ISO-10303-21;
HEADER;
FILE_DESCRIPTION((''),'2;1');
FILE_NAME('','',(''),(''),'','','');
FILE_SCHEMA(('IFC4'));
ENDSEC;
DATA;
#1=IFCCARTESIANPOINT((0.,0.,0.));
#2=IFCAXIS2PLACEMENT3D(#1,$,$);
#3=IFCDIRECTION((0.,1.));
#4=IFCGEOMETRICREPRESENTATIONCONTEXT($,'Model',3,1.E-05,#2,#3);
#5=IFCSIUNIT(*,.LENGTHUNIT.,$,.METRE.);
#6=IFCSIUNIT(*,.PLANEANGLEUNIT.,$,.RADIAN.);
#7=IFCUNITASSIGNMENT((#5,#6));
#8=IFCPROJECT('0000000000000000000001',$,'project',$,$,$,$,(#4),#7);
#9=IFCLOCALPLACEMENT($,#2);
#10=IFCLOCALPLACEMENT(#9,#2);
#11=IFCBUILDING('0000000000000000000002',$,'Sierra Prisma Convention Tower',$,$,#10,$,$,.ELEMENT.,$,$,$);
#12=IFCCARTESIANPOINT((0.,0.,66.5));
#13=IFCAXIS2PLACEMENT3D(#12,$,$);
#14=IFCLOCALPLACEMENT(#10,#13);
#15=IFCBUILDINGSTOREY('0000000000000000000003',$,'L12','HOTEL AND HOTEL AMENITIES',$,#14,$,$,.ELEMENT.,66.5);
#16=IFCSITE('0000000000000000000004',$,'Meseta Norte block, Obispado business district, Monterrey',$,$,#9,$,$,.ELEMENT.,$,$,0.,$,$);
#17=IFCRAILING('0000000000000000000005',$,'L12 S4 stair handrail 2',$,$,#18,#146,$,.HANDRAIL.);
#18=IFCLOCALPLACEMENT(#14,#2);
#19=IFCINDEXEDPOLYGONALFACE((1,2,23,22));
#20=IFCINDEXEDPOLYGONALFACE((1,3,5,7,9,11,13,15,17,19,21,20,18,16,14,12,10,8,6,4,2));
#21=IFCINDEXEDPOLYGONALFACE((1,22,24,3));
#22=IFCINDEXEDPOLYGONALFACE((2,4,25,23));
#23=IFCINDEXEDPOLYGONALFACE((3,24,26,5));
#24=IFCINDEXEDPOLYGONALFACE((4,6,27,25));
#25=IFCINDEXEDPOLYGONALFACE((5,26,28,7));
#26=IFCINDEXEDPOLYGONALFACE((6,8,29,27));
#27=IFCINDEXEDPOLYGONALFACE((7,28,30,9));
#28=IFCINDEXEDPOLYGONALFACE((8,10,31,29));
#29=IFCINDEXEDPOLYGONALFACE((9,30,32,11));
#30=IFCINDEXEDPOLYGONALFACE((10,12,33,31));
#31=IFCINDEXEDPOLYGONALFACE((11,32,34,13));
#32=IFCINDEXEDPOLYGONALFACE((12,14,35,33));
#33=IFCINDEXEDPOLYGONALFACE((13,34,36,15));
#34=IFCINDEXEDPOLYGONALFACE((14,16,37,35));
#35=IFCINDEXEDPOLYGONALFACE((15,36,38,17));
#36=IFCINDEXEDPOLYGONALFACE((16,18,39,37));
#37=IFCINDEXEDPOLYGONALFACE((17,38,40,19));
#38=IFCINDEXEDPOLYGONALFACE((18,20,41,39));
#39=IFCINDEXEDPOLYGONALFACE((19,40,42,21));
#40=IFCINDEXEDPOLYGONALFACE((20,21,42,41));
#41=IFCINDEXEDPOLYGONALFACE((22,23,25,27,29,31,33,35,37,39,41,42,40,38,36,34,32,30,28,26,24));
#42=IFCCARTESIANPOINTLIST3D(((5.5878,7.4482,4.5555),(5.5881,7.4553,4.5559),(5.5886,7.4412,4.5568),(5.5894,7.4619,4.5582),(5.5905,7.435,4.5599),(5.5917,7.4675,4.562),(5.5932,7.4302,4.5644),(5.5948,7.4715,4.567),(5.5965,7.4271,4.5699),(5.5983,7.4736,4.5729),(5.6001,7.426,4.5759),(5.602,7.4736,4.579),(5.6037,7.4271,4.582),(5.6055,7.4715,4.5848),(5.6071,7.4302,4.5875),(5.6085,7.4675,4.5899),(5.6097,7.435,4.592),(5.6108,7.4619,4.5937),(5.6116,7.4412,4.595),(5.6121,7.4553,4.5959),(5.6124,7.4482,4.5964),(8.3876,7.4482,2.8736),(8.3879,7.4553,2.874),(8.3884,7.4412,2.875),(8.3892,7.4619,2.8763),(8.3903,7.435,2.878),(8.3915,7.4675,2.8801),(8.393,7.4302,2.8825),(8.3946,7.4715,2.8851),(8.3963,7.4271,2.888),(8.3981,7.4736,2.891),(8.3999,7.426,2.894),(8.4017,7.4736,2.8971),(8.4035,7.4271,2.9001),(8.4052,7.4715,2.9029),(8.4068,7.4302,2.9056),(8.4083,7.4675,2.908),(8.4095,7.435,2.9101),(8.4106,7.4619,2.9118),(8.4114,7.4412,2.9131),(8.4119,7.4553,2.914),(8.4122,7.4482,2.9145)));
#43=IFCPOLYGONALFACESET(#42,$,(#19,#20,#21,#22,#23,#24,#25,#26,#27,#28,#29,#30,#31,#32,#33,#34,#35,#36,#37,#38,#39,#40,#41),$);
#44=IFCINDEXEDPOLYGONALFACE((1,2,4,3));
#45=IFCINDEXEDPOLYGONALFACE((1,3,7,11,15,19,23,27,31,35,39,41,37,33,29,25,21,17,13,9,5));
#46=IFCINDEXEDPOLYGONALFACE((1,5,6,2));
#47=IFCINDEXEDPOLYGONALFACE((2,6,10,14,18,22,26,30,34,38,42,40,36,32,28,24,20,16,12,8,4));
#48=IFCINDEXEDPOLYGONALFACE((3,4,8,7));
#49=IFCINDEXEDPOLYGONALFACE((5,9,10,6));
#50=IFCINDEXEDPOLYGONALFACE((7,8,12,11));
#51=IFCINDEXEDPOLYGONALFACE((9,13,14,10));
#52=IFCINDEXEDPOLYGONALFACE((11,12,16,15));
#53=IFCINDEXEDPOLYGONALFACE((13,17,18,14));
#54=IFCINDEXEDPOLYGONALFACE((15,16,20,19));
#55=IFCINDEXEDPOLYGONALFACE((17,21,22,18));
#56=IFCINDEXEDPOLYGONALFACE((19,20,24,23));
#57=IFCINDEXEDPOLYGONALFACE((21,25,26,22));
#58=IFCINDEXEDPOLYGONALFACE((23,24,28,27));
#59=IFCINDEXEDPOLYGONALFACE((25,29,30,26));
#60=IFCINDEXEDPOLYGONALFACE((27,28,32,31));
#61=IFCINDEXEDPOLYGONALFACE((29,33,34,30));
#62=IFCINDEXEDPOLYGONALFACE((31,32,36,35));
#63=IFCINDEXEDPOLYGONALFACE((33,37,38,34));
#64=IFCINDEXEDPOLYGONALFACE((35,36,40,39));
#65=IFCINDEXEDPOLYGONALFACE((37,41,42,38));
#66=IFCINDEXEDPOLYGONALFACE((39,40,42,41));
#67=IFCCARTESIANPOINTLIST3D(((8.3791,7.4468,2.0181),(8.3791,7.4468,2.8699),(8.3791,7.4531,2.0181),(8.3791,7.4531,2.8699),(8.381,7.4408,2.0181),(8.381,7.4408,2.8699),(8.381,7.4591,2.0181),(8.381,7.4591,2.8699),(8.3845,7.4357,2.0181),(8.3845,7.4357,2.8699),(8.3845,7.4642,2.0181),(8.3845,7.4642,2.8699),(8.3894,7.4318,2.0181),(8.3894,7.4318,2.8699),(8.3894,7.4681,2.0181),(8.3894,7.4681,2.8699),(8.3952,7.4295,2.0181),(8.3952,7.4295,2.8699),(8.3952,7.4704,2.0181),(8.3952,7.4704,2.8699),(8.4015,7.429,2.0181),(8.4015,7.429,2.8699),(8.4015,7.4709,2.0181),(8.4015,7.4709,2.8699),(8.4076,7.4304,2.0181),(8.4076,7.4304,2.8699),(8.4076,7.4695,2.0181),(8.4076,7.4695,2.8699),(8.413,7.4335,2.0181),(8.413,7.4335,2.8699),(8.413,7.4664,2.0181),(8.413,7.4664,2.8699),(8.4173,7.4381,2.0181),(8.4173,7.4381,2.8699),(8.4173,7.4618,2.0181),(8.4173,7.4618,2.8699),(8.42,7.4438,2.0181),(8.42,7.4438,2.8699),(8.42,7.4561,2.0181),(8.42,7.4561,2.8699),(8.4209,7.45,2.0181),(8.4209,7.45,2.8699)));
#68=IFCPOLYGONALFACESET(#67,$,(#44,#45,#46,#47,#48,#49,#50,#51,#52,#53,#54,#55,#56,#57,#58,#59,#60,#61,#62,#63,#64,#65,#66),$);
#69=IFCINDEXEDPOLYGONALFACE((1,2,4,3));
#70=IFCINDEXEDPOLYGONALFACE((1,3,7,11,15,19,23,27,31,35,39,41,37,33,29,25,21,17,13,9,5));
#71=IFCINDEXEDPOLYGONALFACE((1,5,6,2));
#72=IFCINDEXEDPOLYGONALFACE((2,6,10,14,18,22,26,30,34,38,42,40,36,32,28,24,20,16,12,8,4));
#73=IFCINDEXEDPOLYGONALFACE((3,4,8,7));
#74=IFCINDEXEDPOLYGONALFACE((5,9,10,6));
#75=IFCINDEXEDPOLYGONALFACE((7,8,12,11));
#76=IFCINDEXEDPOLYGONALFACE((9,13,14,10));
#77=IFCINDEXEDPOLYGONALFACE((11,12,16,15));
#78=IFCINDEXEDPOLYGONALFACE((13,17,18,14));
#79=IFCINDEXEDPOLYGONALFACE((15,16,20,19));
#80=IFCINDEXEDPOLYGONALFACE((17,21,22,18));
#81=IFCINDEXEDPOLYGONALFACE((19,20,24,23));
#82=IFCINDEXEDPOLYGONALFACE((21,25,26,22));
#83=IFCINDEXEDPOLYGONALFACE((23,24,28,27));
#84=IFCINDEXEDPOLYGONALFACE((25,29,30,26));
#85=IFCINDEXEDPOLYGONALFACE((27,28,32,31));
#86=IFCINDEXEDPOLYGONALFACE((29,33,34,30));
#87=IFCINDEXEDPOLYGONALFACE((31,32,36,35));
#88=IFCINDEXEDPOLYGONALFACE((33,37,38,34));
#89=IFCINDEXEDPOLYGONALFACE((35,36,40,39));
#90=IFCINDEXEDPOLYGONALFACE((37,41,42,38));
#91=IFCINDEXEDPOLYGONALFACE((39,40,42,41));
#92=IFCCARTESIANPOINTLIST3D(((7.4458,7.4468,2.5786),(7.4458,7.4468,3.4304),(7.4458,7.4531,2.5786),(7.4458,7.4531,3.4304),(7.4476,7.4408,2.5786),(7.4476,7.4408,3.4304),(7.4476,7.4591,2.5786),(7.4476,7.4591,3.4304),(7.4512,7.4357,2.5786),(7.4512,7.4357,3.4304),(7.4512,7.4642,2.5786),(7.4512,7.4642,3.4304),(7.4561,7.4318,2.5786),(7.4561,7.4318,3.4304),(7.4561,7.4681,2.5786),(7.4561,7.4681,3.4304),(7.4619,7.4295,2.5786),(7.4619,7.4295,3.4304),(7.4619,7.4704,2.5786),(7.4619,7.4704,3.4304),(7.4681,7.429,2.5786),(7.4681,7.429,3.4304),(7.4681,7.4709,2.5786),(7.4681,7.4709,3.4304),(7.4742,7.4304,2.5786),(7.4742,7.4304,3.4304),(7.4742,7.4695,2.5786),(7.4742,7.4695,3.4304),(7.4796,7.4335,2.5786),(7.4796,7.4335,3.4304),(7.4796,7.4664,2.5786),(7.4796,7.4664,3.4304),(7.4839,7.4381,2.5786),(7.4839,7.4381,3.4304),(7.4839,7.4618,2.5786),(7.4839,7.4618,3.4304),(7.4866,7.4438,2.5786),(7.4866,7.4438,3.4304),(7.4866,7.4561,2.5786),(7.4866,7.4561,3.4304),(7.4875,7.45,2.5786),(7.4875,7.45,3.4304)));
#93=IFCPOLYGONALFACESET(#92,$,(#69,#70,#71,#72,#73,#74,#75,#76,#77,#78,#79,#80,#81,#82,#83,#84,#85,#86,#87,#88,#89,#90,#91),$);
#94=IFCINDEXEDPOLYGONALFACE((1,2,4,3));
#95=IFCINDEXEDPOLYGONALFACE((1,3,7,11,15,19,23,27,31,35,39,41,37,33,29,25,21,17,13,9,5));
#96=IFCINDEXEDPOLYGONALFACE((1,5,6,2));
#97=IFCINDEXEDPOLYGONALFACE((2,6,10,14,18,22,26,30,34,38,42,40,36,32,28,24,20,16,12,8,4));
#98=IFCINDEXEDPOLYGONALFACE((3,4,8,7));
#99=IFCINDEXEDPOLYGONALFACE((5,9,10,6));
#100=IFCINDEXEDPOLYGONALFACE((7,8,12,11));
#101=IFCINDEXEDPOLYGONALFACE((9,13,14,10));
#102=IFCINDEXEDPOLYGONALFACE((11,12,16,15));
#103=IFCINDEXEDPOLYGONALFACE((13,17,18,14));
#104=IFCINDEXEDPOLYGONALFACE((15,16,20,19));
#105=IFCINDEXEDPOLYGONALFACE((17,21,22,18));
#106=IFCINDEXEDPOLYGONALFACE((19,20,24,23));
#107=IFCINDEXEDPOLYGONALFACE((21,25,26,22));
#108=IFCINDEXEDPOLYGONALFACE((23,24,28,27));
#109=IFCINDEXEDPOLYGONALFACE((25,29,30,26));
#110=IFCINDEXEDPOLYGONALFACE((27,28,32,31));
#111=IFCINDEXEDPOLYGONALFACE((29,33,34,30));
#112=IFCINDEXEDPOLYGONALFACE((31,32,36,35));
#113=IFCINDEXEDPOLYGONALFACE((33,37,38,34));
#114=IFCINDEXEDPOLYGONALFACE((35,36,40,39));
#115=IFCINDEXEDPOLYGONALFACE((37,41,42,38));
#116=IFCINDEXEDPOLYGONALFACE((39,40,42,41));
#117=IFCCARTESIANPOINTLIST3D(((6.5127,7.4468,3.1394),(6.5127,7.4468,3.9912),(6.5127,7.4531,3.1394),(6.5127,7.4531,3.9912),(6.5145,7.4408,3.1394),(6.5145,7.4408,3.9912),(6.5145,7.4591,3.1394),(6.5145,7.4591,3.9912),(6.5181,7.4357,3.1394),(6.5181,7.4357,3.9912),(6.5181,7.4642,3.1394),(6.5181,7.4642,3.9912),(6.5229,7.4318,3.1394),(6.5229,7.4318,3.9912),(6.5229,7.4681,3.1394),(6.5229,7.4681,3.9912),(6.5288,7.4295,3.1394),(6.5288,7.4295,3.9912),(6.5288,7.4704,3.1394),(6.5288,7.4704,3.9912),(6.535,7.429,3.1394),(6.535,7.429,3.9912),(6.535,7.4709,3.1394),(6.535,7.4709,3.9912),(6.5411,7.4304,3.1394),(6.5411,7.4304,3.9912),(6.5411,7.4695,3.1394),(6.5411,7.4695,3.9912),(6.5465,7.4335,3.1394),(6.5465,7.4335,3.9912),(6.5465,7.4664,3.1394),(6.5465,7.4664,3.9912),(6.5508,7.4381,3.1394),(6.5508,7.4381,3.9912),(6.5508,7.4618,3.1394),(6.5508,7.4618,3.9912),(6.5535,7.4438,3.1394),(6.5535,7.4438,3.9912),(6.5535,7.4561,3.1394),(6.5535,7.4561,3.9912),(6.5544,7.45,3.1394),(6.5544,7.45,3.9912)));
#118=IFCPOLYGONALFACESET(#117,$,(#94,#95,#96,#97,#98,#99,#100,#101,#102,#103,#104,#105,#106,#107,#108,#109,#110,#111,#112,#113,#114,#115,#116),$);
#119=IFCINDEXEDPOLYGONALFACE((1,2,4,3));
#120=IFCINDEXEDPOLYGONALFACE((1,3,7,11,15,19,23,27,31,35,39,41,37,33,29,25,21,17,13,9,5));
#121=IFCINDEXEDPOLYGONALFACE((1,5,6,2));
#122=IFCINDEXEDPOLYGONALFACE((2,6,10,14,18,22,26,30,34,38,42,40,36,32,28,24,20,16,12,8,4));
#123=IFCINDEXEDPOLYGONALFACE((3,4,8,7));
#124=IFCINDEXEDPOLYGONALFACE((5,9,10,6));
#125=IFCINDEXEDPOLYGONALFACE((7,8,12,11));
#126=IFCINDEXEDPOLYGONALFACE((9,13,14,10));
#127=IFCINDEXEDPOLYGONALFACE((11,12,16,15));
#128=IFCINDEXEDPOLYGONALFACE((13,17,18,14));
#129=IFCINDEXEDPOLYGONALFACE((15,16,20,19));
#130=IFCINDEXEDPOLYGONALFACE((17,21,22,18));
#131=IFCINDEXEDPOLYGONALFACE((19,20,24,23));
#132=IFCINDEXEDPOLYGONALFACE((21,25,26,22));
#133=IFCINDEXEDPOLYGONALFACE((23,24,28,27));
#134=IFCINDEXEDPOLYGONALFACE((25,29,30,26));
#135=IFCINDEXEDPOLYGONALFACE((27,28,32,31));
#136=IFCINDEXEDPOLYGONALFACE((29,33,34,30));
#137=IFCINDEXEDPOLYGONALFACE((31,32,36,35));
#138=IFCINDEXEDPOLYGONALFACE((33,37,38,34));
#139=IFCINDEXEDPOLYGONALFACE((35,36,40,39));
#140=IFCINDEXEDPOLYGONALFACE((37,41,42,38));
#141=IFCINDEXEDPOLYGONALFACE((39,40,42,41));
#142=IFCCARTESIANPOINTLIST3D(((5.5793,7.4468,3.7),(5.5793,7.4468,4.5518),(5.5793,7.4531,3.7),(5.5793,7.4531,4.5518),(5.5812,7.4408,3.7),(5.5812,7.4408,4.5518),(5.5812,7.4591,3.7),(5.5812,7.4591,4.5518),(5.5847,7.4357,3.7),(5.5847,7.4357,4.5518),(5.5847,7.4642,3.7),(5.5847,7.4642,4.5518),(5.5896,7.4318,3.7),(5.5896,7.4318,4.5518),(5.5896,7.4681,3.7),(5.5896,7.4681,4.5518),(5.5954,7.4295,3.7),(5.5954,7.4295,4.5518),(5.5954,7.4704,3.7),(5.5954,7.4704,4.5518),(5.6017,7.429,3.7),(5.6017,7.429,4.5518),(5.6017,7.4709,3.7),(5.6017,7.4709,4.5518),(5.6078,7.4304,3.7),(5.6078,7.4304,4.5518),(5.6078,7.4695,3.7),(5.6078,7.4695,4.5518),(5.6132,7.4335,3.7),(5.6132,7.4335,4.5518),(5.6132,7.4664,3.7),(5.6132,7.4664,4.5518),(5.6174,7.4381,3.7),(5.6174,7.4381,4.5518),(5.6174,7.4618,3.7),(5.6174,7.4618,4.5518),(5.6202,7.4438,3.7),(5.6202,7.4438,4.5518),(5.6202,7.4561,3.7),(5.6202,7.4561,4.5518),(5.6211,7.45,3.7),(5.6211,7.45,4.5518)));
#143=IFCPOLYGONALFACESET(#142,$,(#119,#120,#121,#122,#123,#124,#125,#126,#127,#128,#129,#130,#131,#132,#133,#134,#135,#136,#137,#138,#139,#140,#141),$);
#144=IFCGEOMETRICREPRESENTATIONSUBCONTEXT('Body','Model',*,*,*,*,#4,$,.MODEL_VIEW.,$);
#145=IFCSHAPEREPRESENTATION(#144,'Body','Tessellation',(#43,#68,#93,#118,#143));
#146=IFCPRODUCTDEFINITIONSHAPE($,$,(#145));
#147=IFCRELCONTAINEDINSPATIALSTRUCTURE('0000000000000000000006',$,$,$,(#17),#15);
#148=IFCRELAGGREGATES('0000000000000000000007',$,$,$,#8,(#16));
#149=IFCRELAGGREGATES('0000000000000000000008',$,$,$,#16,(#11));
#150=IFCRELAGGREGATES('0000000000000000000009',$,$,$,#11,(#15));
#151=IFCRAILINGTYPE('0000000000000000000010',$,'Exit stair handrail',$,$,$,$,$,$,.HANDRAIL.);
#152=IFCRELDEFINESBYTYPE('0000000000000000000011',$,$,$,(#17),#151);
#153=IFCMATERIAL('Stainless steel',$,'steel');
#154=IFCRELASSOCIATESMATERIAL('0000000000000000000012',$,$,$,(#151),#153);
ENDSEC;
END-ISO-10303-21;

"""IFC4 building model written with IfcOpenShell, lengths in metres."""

from ifc_helpers import new_model, si_unit, direction, frame, origin, origin_2d, place, context, subcontext, project, spatial, circle, extrude, material, type_object, element, save


model = new_model("IFC4")

# Units and contexts
model_context = context("Model", 3, precision=1e-05, world=origin(), true_north=direction((0.0, 1.0)))
body_context = subcontext(model_context, "Body", "Model", "MODEL_VIEW")
ifc_project = project(units=[si_unit("LENGTHUNIT", "METRE"), si_unit("PLANEANGLEUNIT", "RADIAN")], contexts=[model_context])

# Site, building, storey
site_placement = place(None, origin())
site = spatial("IfcSite", under=ifc_project, at=site_placement, Name="Meseta Norte block, Obispado business district, Monterrey", CompositionType="ELEMENT", RefElevation=0.0)
building_placement = place(site_placement, origin())
building = spatial("IfcBuilding", under=site, at=building_placement, Name="Sierra Prisma Convention Tower", CompositionType="ELEMENT")
storey_placement = place(building_placement, frame((0.0, 0.0, 66.5)))
storey = spatial("IfcBuildingStorey", under=building, at=storey_placement, Name="L12", Description="HOTEL AND HOTEL AMENITIES", CompositionType="ELEMENT", Elevation=66.5)

# Railing
ifc_material_1 = material(Name="Stainless steel", Category="steel")
railing_type_1 = type_object("IfcRailingType", Name="Exit stair handrail", PredefinedType="HANDRAIL", material=ifc_material_1)
railing_1_placement = place(storey_placement, frame((8.3999, 7.45, 2.0181)))
element("IfcRailing", 1, at=railing_1_placement, inside=storey, type_object=railing_type_1, Name="L12 S4 stair handrail 2", PredefinedType="HANDRAIL", context=body_context, shape_type="SweptSolid", body=[
    extrude(circle(Radius=0.0239, at=origin_2d()), frame((0.0, 0.0, 0.876), z_axis=(-0.857222, 0.0, 0.514946), x_axis=(0.0, -1.0, 0.0)), (0.0, 0.0, 1.0), 3.2661),
    extrude(circle(Radius=0.021, at=origin_2d()), origin(), (0.0, 0.0, 1.0), 0.8518),
    extrude(circle(Radius=0.021, at=origin_2d()), frame((-0.9333, 0.0, 0.5605)), (0.0, 0.0, 1.0), 0.8518),
    extrude(circle(Radius=0.021, at=origin_2d()), frame((-1.8665, 0.0, 1.1213)), (0.0, 0.0, 1.0), 0.8518),
    extrude(circle(Radius=0.021, at=origin_2d()), frame((-2.7998, 0.0, 1.6819)), (0.0, 0.0, 1.0), 0.8518),
])

save(model, "model.ifc")
